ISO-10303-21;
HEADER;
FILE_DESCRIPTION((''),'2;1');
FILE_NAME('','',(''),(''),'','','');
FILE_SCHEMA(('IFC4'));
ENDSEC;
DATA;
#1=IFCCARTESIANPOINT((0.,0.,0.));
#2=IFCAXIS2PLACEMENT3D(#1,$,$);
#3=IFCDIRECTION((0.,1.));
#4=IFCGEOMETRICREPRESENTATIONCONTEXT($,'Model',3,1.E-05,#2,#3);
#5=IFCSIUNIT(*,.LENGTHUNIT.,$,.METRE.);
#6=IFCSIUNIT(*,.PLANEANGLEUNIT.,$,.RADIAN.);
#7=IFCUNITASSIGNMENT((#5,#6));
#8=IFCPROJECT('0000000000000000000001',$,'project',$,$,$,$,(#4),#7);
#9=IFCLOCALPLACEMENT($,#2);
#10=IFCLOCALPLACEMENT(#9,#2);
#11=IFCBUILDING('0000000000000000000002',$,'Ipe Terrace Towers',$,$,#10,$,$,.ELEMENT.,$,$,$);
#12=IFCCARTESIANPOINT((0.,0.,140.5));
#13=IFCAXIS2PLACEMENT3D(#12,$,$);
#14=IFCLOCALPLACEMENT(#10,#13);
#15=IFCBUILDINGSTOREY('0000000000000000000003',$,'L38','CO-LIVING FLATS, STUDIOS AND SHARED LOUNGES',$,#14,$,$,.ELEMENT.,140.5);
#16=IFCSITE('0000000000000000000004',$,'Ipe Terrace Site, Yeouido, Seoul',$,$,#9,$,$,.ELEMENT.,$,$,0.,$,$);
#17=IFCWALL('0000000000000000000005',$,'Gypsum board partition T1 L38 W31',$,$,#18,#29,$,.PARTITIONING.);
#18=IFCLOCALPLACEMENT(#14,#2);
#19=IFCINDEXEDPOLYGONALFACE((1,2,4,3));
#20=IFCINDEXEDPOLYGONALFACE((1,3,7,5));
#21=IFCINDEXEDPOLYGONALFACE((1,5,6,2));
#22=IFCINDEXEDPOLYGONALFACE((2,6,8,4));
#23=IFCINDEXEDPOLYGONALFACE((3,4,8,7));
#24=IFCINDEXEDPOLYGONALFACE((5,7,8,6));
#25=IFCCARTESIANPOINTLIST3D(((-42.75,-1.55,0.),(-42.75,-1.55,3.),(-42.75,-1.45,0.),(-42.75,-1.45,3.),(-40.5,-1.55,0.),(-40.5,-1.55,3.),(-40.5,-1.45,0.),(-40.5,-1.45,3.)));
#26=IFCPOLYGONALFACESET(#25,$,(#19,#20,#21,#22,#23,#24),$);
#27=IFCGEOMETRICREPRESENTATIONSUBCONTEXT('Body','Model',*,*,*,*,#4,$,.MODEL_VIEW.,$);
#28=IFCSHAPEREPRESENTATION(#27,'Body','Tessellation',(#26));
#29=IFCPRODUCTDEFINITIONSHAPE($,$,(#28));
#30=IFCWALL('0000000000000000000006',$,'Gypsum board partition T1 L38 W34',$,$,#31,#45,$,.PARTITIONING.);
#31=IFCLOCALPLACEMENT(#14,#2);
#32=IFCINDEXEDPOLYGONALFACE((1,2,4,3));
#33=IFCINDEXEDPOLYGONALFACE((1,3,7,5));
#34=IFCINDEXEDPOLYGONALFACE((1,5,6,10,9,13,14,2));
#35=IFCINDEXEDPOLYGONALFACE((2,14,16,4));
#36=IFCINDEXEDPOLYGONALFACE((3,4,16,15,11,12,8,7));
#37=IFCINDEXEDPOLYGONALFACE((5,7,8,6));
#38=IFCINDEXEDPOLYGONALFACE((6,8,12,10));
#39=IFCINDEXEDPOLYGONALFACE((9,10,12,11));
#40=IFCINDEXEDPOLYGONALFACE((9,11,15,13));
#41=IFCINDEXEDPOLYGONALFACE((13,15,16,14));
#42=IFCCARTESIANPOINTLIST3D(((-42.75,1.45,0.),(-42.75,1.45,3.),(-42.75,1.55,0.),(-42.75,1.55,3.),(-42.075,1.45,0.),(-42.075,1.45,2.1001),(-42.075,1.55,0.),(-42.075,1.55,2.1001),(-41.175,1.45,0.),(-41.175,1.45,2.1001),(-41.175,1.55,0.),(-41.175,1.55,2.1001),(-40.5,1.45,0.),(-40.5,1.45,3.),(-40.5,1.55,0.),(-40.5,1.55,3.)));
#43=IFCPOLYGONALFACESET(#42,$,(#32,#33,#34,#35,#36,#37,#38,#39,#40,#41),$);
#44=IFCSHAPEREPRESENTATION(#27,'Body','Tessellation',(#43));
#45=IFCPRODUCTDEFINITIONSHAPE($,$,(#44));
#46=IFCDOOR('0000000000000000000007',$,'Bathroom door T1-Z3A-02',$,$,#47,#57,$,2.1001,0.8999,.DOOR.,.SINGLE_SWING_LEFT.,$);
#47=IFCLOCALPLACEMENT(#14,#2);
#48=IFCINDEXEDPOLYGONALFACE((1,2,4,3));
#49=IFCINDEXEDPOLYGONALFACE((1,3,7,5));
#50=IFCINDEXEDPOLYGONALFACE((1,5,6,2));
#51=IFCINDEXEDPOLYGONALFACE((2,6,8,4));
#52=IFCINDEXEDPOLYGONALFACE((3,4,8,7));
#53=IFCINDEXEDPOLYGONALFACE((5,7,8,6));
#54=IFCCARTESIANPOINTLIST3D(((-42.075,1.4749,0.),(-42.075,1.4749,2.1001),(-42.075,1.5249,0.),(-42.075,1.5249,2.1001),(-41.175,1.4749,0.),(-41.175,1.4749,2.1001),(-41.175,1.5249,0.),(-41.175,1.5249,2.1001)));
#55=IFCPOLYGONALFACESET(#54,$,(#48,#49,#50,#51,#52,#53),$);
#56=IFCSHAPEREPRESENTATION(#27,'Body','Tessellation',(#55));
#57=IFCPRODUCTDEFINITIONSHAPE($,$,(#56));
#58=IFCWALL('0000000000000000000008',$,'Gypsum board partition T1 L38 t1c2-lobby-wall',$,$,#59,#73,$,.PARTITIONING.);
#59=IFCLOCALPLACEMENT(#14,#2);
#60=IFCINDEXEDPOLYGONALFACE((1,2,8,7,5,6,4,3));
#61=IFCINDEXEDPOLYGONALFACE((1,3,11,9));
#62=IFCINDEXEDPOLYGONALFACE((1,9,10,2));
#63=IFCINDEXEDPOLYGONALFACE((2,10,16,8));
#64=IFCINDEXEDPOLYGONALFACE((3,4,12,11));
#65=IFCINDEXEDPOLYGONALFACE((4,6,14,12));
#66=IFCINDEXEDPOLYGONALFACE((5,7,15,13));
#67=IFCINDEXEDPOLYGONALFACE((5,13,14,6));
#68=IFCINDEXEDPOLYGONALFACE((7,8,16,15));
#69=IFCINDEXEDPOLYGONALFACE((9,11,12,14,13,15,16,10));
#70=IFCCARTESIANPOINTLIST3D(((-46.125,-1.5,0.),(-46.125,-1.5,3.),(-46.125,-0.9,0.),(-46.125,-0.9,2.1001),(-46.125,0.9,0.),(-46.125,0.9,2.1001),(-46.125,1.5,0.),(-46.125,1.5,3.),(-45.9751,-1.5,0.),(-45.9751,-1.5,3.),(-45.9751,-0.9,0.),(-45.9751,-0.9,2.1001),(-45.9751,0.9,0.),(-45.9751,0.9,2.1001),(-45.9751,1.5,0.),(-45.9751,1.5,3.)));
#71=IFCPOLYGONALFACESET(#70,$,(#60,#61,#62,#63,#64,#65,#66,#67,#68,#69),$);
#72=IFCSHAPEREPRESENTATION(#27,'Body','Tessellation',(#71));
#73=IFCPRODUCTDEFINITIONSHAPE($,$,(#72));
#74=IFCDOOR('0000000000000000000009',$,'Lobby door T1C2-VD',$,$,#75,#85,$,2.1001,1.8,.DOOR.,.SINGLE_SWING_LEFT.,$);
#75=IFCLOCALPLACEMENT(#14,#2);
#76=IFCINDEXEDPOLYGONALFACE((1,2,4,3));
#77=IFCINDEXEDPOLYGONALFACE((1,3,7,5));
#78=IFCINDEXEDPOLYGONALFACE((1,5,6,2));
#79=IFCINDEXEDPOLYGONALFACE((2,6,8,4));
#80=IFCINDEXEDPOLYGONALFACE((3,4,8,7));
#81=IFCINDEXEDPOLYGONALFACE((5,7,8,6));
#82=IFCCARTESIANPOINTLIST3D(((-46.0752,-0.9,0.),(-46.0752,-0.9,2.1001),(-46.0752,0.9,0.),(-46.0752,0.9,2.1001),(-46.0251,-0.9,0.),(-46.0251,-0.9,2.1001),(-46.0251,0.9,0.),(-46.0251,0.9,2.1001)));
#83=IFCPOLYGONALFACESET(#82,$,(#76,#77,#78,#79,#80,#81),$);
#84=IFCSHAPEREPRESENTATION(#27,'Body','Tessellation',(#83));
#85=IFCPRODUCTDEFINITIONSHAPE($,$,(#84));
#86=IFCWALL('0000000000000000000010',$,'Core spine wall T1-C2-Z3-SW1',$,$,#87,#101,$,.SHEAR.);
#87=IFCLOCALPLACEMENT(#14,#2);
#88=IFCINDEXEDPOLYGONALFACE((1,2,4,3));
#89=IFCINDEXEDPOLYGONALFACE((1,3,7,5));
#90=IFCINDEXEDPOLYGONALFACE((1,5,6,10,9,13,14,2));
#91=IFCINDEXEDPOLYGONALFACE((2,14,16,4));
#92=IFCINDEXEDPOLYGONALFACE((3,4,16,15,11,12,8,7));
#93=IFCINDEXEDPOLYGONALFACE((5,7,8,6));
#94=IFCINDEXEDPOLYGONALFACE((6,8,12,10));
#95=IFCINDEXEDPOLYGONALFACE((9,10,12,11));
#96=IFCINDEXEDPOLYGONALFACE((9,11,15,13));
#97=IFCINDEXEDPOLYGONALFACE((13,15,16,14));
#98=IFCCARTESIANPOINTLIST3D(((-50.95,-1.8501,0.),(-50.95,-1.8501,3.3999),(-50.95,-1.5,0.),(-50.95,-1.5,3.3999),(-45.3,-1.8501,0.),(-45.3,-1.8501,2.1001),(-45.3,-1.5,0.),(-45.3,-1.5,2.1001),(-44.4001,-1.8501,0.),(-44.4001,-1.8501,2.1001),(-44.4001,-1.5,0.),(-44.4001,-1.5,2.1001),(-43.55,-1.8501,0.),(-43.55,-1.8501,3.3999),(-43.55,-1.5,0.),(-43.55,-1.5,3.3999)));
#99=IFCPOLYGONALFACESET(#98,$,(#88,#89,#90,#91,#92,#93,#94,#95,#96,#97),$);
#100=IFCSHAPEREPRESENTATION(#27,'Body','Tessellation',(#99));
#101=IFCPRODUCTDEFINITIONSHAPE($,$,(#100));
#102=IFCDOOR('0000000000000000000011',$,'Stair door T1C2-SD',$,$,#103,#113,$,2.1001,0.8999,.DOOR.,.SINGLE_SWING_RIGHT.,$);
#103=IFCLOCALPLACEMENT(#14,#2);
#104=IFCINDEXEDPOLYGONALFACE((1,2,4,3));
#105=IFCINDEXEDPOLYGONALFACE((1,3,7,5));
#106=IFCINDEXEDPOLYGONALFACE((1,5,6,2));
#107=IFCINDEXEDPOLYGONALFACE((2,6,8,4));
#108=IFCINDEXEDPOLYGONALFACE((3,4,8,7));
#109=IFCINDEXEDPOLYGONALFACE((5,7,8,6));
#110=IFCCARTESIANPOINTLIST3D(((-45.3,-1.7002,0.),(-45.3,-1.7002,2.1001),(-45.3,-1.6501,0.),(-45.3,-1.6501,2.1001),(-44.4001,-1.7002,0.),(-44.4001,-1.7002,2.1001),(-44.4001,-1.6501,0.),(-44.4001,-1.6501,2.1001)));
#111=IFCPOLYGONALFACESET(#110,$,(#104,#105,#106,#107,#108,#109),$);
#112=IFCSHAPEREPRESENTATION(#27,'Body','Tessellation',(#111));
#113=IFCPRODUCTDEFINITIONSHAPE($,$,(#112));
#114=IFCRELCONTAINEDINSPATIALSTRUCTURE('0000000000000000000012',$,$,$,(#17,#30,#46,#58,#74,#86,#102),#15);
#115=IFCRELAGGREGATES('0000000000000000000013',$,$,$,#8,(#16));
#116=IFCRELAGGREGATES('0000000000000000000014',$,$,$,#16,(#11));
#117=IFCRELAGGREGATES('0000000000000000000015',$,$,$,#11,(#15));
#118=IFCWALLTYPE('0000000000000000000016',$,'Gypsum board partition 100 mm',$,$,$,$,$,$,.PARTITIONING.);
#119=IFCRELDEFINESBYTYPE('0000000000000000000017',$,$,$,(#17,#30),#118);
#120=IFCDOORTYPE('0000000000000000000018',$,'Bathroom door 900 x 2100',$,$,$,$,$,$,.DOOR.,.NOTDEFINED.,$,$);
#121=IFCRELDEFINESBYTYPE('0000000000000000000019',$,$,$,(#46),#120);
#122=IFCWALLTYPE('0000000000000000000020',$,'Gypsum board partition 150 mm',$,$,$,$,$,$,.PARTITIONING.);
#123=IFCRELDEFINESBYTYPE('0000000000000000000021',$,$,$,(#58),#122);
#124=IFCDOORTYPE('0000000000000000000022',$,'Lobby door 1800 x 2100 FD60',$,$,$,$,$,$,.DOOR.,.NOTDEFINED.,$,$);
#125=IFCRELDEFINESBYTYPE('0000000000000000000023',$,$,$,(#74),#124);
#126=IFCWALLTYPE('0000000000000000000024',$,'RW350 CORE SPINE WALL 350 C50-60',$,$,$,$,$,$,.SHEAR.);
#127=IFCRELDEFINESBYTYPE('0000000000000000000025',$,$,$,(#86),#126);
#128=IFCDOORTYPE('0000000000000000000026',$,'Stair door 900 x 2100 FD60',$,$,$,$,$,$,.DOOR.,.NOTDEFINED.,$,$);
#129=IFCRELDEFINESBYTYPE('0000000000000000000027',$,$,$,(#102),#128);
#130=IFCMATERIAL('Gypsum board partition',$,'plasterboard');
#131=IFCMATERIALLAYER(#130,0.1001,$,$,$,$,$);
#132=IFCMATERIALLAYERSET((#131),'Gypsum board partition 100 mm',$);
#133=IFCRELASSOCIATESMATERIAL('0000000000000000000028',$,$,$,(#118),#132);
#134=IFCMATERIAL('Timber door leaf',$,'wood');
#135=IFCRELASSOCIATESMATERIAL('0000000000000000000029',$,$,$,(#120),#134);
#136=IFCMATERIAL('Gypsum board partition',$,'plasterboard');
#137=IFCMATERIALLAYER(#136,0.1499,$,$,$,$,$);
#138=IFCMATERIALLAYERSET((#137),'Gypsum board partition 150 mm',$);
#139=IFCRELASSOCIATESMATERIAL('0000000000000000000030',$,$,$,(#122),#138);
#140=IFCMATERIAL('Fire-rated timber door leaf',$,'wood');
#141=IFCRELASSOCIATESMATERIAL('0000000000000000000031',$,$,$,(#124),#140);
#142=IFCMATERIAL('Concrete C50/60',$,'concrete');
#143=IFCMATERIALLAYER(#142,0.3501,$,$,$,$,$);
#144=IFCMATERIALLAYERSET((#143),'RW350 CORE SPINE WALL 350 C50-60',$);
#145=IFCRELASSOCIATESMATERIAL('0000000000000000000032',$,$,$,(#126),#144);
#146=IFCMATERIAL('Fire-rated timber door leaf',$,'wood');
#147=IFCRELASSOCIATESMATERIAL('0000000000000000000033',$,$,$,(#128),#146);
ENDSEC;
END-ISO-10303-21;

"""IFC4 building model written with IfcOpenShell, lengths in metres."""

from ifc_helpers import new_model, si_unit, direction, frame, frame_2d, origin, place, context, subcontext, project, spatial, rectangle, extrude, material, layer, layer_set, type_object, element, fill, save


model = new_model("IFC4")

# Units and contexts
model_context = context("Model", 3, precision=1e-05, world=origin(), true_north=direction((0.0, 1.0)))
body_context = subcontext(model_context, "Body", "Model", "MODEL_VIEW")
ifc_project = project(units=[si_unit("LENGTHUNIT", "METRE"), si_unit("PLANEANGLEUNIT", "RADIAN")], contexts=[model_context])

# Site, building, storey
site_placement = place(None, origin())
site = spatial("IfcSite", under=ifc_project, at=site_placement, Name="Ipe Terrace Site, Yeouido, Seoul", CompositionType="ELEMENT", RefElevation=0.0)
building_placement = place(site_placement, origin())
building = spatial("IfcBuilding", under=site, at=building_placement, Name="Ipe Terrace Towers", CompositionType="ELEMENT")
storey_placement = place(building_placement, frame((0.0, 0.0, 140.5)))
storey = spatial("IfcBuildingStorey", under=building, at=storey_placement, Name="L38", Description="CO-LIVING FLATS, STUDIOS AND SHARED LOUNGES", CompositionType="ELEMENT", Elevation=140.5)

# Wall
ifc_material_1 = material(Name="Gypsum board partition", Category="plasterboard")
ifc_layer_1 = layer(ifc_material_1, 0.1001)
ifc_layer_set_1 = layer_set([ifc_layer_1], Name="Gypsum board partition 100 mm")
wall_type_1 = type_object("IfcWallType", Name="Gypsum board partition 100 mm", PredefinedType="PARTITIONING", material=ifc_layer_set_1)
wall_1_placement = place(storey_placement, frame((-42.75, -1.5, 0.0), z_axis=(0.0, 0.0, 1.0), x_axis=(1.0, 0.0, 0.0)))
element("IfcWall", 1, at=wall_1_placement, inside=storey, type_object=wall_type_1, Name="Gypsum board partition T1 L38 W31", PredefinedType="PARTITIONING", context=body_context, shape_type="SweptSolid", body=[
    extrude(rectangle(XDim=2.25, YDim=0.1001, at=frame_2d((1.125, 0.0))), origin(), (0.0, 0.0, 1.0), 3.0),
])

# Walls, openings, doors
wall_2_placement = place(storey_placement, frame((-42.75, 1.5, 0.0), z_axis=(0.0, 0.0, 1.0), x_axis=(1.0, 0.0, 0.0)))
wall_2 = element("IfcWall", 2, at=wall_2_placement, inside=storey, type_object=wall_type_1, Name="Gypsum board partition T1 L38 W34", PredefinedType="PARTITIONING", context=body_context, shape_type="SweptSolid", body=[
    extrude(rectangle(XDim=2.25, YDim=0.1001, at=frame_2d((1.125, 0.0))), origin(), (0.0, 0.0, 1.0), 3.0),
])
opening_1_placement = place(wall_2_placement, frame((0.675, 0.0, 0.0)))
opening_1 = element("IfcOpeningElement", 3, at=opening_1_placement, cuts=wall_2, PredefinedType="OPENING", context=body_context, shape_type="SweptSolid", body=[
    extrude(rectangle(XDim=0.8999, YDim=2.1001, at=frame_2d((0.45, 1.05))), frame((0.0, 0.0601, 0.0), z_axis=(0.0, -1.0, 0.0), x_axis=(1.0, 0.0, 0.0)), (0.0, 0.0, 1.0), 0.1201),
])
ifc_material_2 = material(Name="Timber door leaf", Category="wood")
door_type_1 = type_object("IfcDoorType", Name="Bathroom door 900 x 2100", OperationType="NOTDEFINED", PredefinedType="DOOR", material=ifc_material_2)
door_1_placement = place(opening_1_placement, origin())
door_1 = element("IfcDoor", 4, at=door_1_placement, inside=storey, type_object=door_type_1, Name="Bathroom door T1-Z3A-02", OperationType="SINGLE_SWING_LEFT", OverallHeight=2.1001, OverallWidth=0.8999, PredefinedType="DOOR", context=body_context, shape_type="SweptSolid", body=[
    extrude(rectangle(XDim=0.8999, YDim=2.1001, at=frame_2d((0.45, 1.05))), frame((0.0, 0.0249, 0.0), z_axis=(0.0, -1.0, 0.0), x_axis=(1.0, 0.0, 0.0)), (0.0, 0.0, 1.0), 0.05),
])
fill(opening_1, door_1)
ifc_material_3 = material(Name="Gypsum board partition", Category="plasterboard")
ifc_layer_2 = layer(ifc_material_3, 0.1499)
ifc_layer_set_2 = layer_set([ifc_layer_2], Name="Gypsum board partition 150 mm")
wall_type_2 = type_object("IfcWallType", Name="Gypsum board partition 150 mm", PredefinedType="PARTITIONING", material=ifc_layer_set_2)
wall_3_placement = place(storey_placement, frame((-46.05, 1.5, 0.0), z_axis=(0.0, 0.0, 1.0), x_axis=(0.0, -1.0, 0.0)))
wall_3 = element("IfcWall", 5, at=wall_3_placement, inside=storey, type_object=wall_type_2, Name="Gypsum board partition T1 L38 t1c2-lobby-wall", PredefinedType="PARTITIONING", context=body_context, shape_type="SweptSolid", body=[
    extrude(rectangle(XDim=3.0, YDim=0.1499, at=frame_2d((1.5, 0.0))), origin(), (0.0, 0.0, 1.0), 3.0),
])
opening_2_placement = place(wall_3_placement, frame((0.6001, 0.0, 0.0)))
opening_2 = element("IfcOpeningElement", 6, at=opening_2_placement, cuts=wall_3, PredefinedType="OPENING", context=body_context, shape_type="SweptSolid", body=[
    extrude(rectangle(XDim=1.8, YDim=2.1001, at=frame_2d((0.8999, 1.05))), frame((0.0, 0.085, 0.0), z_axis=(0.0, -1.0, 0.0), x_axis=(1.0, 0.0, 0.0)), (0.0, 0.0, 1.0), 0.1699),
])
ifc_material_4 = material(Name="Fire-rated timber door leaf", Category="wood")
door_type_2 = type_object("IfcDoorType", Name="Lobby door 1800 x 2100 FD60", OperationType="NOTDEFINED", PredefinedType="DOOR", material=ifc_material_4)
door_2_placement = place(opening_2_placement, origin())
door_2 = element("IfcDoor", 7, at=door_2_placement, inside=storey, type_object=door_type_2, Name="Lobby door T1C2-VD", OperationType="SINGLE_SWING_LEFT", OverallHeight=2.1001, OverallWidth=1.8, PredefinedType="DOOR", context=body_context, shape_type="SweptSolid", body=[
    extrude(rectangle(XDim=1.8, YDim=2.1001, at=frame_2d((0.8999, 1.05))), frame((0.0, 0.0249, 0.0), z_axis=(0.0, -1.0, 0.0), x_axis=(1.0, 0.0, 0.0)), (0.0, 0.0, 1.0), 0.05),
])
fill(opening_2, door_2)
ifc_material_5 = material(Name="Concrete C50/60", Category="concrete")
ifc_layer_3 = layer(ifc_material_5, 0.3501)
ifc_layer_set_3 = layer_set([ifc_layer_3], Name="RW350 CORE SPINE WALL 350 C50-60")
wall_type_3 = type_object("IfcWallType", Name="RW350 CORE SPINE WALL 350 C50-60", PredefinedType="SHEAR", material=ifc_layer_set_3)
wall_4_placement = place(storey_placement, frame((-50.95, -1.675, 0.0), z_axis=(0.0, 0.0, 1.0), x_axis=(1.0, 0.0, 0.0)))
wall_4 = element("IfcWall", 8, at=wall_4_placement, inside=storey, type_object=wall_type_3, Name="Core spine wall T1-C2-Z3-SW1", PredefinedType="SHEAR", context=body_context, shape_type="SweptSolid", body=[
    extrude(rectangle(XDim=7.3999, YDim=0.3501, at=frame_2d((3.7, 0.0))), origin(), (0.0, 0.0, 1.0), 3.3999),
])
opening_3_placement = place(wall_4_placement, frame((5.6499, 0.0, 0.0)))
opening_3 = element("IfcOpeningElement", 9, at=opening_3_placement, cuts=wall_4, PredefinedType="OPENING", context=body_context, shape_type="SweptSolid", body=[
    extrude(rectangle(XDim=0.8999, YDim=2.1001, at=frame_2d((0.45, 1.05))), frame((0.0, 0.1851, 0.0), z_axis=(0.0, -1.0, 0.0), x_axis=(1.0, 0.0, 0.0)), (0.0, 0.0, 1.0), 0.3701),
])
ifc_material_6 = material(Name="Fire-rated timber door leaf", Category="wood")
door_type_3 = type_object("IfcDoorType", Name="Stair door 900 x 2100 FD60", OperationType="NOTDEFINED", PredefinedType="DOOR", material=ifc_material_6)
door_3_placement = place(opening_3_placement, origin())
door_3 = element("IfcDoor", 10, at=door_3_placement, inside=storey, type_object=door_type_3, Name="Stair door T1C2-SD", OperationType="SINGLE_SWING_RIGHT", OverallHeight=2.1001, OverallWidth=0.8999, PredefinedType="DOOR", context=body_context, shape_type="SweptSolid", body=[
    extrude(rectangle(XDim=0.8999, YDim=2.1001, at=frame_2d((0.45, 1.05))), frame((0.0, 0.0249, 0.0), z_axis=(0.0, -1.0, 0.0), x_axis=(1.0, 0.0, 0.0)), (0.0, 0.0, 1.0), 0.05),
])
fill(opening_3, door_3)

save(model, "model.ifc")
